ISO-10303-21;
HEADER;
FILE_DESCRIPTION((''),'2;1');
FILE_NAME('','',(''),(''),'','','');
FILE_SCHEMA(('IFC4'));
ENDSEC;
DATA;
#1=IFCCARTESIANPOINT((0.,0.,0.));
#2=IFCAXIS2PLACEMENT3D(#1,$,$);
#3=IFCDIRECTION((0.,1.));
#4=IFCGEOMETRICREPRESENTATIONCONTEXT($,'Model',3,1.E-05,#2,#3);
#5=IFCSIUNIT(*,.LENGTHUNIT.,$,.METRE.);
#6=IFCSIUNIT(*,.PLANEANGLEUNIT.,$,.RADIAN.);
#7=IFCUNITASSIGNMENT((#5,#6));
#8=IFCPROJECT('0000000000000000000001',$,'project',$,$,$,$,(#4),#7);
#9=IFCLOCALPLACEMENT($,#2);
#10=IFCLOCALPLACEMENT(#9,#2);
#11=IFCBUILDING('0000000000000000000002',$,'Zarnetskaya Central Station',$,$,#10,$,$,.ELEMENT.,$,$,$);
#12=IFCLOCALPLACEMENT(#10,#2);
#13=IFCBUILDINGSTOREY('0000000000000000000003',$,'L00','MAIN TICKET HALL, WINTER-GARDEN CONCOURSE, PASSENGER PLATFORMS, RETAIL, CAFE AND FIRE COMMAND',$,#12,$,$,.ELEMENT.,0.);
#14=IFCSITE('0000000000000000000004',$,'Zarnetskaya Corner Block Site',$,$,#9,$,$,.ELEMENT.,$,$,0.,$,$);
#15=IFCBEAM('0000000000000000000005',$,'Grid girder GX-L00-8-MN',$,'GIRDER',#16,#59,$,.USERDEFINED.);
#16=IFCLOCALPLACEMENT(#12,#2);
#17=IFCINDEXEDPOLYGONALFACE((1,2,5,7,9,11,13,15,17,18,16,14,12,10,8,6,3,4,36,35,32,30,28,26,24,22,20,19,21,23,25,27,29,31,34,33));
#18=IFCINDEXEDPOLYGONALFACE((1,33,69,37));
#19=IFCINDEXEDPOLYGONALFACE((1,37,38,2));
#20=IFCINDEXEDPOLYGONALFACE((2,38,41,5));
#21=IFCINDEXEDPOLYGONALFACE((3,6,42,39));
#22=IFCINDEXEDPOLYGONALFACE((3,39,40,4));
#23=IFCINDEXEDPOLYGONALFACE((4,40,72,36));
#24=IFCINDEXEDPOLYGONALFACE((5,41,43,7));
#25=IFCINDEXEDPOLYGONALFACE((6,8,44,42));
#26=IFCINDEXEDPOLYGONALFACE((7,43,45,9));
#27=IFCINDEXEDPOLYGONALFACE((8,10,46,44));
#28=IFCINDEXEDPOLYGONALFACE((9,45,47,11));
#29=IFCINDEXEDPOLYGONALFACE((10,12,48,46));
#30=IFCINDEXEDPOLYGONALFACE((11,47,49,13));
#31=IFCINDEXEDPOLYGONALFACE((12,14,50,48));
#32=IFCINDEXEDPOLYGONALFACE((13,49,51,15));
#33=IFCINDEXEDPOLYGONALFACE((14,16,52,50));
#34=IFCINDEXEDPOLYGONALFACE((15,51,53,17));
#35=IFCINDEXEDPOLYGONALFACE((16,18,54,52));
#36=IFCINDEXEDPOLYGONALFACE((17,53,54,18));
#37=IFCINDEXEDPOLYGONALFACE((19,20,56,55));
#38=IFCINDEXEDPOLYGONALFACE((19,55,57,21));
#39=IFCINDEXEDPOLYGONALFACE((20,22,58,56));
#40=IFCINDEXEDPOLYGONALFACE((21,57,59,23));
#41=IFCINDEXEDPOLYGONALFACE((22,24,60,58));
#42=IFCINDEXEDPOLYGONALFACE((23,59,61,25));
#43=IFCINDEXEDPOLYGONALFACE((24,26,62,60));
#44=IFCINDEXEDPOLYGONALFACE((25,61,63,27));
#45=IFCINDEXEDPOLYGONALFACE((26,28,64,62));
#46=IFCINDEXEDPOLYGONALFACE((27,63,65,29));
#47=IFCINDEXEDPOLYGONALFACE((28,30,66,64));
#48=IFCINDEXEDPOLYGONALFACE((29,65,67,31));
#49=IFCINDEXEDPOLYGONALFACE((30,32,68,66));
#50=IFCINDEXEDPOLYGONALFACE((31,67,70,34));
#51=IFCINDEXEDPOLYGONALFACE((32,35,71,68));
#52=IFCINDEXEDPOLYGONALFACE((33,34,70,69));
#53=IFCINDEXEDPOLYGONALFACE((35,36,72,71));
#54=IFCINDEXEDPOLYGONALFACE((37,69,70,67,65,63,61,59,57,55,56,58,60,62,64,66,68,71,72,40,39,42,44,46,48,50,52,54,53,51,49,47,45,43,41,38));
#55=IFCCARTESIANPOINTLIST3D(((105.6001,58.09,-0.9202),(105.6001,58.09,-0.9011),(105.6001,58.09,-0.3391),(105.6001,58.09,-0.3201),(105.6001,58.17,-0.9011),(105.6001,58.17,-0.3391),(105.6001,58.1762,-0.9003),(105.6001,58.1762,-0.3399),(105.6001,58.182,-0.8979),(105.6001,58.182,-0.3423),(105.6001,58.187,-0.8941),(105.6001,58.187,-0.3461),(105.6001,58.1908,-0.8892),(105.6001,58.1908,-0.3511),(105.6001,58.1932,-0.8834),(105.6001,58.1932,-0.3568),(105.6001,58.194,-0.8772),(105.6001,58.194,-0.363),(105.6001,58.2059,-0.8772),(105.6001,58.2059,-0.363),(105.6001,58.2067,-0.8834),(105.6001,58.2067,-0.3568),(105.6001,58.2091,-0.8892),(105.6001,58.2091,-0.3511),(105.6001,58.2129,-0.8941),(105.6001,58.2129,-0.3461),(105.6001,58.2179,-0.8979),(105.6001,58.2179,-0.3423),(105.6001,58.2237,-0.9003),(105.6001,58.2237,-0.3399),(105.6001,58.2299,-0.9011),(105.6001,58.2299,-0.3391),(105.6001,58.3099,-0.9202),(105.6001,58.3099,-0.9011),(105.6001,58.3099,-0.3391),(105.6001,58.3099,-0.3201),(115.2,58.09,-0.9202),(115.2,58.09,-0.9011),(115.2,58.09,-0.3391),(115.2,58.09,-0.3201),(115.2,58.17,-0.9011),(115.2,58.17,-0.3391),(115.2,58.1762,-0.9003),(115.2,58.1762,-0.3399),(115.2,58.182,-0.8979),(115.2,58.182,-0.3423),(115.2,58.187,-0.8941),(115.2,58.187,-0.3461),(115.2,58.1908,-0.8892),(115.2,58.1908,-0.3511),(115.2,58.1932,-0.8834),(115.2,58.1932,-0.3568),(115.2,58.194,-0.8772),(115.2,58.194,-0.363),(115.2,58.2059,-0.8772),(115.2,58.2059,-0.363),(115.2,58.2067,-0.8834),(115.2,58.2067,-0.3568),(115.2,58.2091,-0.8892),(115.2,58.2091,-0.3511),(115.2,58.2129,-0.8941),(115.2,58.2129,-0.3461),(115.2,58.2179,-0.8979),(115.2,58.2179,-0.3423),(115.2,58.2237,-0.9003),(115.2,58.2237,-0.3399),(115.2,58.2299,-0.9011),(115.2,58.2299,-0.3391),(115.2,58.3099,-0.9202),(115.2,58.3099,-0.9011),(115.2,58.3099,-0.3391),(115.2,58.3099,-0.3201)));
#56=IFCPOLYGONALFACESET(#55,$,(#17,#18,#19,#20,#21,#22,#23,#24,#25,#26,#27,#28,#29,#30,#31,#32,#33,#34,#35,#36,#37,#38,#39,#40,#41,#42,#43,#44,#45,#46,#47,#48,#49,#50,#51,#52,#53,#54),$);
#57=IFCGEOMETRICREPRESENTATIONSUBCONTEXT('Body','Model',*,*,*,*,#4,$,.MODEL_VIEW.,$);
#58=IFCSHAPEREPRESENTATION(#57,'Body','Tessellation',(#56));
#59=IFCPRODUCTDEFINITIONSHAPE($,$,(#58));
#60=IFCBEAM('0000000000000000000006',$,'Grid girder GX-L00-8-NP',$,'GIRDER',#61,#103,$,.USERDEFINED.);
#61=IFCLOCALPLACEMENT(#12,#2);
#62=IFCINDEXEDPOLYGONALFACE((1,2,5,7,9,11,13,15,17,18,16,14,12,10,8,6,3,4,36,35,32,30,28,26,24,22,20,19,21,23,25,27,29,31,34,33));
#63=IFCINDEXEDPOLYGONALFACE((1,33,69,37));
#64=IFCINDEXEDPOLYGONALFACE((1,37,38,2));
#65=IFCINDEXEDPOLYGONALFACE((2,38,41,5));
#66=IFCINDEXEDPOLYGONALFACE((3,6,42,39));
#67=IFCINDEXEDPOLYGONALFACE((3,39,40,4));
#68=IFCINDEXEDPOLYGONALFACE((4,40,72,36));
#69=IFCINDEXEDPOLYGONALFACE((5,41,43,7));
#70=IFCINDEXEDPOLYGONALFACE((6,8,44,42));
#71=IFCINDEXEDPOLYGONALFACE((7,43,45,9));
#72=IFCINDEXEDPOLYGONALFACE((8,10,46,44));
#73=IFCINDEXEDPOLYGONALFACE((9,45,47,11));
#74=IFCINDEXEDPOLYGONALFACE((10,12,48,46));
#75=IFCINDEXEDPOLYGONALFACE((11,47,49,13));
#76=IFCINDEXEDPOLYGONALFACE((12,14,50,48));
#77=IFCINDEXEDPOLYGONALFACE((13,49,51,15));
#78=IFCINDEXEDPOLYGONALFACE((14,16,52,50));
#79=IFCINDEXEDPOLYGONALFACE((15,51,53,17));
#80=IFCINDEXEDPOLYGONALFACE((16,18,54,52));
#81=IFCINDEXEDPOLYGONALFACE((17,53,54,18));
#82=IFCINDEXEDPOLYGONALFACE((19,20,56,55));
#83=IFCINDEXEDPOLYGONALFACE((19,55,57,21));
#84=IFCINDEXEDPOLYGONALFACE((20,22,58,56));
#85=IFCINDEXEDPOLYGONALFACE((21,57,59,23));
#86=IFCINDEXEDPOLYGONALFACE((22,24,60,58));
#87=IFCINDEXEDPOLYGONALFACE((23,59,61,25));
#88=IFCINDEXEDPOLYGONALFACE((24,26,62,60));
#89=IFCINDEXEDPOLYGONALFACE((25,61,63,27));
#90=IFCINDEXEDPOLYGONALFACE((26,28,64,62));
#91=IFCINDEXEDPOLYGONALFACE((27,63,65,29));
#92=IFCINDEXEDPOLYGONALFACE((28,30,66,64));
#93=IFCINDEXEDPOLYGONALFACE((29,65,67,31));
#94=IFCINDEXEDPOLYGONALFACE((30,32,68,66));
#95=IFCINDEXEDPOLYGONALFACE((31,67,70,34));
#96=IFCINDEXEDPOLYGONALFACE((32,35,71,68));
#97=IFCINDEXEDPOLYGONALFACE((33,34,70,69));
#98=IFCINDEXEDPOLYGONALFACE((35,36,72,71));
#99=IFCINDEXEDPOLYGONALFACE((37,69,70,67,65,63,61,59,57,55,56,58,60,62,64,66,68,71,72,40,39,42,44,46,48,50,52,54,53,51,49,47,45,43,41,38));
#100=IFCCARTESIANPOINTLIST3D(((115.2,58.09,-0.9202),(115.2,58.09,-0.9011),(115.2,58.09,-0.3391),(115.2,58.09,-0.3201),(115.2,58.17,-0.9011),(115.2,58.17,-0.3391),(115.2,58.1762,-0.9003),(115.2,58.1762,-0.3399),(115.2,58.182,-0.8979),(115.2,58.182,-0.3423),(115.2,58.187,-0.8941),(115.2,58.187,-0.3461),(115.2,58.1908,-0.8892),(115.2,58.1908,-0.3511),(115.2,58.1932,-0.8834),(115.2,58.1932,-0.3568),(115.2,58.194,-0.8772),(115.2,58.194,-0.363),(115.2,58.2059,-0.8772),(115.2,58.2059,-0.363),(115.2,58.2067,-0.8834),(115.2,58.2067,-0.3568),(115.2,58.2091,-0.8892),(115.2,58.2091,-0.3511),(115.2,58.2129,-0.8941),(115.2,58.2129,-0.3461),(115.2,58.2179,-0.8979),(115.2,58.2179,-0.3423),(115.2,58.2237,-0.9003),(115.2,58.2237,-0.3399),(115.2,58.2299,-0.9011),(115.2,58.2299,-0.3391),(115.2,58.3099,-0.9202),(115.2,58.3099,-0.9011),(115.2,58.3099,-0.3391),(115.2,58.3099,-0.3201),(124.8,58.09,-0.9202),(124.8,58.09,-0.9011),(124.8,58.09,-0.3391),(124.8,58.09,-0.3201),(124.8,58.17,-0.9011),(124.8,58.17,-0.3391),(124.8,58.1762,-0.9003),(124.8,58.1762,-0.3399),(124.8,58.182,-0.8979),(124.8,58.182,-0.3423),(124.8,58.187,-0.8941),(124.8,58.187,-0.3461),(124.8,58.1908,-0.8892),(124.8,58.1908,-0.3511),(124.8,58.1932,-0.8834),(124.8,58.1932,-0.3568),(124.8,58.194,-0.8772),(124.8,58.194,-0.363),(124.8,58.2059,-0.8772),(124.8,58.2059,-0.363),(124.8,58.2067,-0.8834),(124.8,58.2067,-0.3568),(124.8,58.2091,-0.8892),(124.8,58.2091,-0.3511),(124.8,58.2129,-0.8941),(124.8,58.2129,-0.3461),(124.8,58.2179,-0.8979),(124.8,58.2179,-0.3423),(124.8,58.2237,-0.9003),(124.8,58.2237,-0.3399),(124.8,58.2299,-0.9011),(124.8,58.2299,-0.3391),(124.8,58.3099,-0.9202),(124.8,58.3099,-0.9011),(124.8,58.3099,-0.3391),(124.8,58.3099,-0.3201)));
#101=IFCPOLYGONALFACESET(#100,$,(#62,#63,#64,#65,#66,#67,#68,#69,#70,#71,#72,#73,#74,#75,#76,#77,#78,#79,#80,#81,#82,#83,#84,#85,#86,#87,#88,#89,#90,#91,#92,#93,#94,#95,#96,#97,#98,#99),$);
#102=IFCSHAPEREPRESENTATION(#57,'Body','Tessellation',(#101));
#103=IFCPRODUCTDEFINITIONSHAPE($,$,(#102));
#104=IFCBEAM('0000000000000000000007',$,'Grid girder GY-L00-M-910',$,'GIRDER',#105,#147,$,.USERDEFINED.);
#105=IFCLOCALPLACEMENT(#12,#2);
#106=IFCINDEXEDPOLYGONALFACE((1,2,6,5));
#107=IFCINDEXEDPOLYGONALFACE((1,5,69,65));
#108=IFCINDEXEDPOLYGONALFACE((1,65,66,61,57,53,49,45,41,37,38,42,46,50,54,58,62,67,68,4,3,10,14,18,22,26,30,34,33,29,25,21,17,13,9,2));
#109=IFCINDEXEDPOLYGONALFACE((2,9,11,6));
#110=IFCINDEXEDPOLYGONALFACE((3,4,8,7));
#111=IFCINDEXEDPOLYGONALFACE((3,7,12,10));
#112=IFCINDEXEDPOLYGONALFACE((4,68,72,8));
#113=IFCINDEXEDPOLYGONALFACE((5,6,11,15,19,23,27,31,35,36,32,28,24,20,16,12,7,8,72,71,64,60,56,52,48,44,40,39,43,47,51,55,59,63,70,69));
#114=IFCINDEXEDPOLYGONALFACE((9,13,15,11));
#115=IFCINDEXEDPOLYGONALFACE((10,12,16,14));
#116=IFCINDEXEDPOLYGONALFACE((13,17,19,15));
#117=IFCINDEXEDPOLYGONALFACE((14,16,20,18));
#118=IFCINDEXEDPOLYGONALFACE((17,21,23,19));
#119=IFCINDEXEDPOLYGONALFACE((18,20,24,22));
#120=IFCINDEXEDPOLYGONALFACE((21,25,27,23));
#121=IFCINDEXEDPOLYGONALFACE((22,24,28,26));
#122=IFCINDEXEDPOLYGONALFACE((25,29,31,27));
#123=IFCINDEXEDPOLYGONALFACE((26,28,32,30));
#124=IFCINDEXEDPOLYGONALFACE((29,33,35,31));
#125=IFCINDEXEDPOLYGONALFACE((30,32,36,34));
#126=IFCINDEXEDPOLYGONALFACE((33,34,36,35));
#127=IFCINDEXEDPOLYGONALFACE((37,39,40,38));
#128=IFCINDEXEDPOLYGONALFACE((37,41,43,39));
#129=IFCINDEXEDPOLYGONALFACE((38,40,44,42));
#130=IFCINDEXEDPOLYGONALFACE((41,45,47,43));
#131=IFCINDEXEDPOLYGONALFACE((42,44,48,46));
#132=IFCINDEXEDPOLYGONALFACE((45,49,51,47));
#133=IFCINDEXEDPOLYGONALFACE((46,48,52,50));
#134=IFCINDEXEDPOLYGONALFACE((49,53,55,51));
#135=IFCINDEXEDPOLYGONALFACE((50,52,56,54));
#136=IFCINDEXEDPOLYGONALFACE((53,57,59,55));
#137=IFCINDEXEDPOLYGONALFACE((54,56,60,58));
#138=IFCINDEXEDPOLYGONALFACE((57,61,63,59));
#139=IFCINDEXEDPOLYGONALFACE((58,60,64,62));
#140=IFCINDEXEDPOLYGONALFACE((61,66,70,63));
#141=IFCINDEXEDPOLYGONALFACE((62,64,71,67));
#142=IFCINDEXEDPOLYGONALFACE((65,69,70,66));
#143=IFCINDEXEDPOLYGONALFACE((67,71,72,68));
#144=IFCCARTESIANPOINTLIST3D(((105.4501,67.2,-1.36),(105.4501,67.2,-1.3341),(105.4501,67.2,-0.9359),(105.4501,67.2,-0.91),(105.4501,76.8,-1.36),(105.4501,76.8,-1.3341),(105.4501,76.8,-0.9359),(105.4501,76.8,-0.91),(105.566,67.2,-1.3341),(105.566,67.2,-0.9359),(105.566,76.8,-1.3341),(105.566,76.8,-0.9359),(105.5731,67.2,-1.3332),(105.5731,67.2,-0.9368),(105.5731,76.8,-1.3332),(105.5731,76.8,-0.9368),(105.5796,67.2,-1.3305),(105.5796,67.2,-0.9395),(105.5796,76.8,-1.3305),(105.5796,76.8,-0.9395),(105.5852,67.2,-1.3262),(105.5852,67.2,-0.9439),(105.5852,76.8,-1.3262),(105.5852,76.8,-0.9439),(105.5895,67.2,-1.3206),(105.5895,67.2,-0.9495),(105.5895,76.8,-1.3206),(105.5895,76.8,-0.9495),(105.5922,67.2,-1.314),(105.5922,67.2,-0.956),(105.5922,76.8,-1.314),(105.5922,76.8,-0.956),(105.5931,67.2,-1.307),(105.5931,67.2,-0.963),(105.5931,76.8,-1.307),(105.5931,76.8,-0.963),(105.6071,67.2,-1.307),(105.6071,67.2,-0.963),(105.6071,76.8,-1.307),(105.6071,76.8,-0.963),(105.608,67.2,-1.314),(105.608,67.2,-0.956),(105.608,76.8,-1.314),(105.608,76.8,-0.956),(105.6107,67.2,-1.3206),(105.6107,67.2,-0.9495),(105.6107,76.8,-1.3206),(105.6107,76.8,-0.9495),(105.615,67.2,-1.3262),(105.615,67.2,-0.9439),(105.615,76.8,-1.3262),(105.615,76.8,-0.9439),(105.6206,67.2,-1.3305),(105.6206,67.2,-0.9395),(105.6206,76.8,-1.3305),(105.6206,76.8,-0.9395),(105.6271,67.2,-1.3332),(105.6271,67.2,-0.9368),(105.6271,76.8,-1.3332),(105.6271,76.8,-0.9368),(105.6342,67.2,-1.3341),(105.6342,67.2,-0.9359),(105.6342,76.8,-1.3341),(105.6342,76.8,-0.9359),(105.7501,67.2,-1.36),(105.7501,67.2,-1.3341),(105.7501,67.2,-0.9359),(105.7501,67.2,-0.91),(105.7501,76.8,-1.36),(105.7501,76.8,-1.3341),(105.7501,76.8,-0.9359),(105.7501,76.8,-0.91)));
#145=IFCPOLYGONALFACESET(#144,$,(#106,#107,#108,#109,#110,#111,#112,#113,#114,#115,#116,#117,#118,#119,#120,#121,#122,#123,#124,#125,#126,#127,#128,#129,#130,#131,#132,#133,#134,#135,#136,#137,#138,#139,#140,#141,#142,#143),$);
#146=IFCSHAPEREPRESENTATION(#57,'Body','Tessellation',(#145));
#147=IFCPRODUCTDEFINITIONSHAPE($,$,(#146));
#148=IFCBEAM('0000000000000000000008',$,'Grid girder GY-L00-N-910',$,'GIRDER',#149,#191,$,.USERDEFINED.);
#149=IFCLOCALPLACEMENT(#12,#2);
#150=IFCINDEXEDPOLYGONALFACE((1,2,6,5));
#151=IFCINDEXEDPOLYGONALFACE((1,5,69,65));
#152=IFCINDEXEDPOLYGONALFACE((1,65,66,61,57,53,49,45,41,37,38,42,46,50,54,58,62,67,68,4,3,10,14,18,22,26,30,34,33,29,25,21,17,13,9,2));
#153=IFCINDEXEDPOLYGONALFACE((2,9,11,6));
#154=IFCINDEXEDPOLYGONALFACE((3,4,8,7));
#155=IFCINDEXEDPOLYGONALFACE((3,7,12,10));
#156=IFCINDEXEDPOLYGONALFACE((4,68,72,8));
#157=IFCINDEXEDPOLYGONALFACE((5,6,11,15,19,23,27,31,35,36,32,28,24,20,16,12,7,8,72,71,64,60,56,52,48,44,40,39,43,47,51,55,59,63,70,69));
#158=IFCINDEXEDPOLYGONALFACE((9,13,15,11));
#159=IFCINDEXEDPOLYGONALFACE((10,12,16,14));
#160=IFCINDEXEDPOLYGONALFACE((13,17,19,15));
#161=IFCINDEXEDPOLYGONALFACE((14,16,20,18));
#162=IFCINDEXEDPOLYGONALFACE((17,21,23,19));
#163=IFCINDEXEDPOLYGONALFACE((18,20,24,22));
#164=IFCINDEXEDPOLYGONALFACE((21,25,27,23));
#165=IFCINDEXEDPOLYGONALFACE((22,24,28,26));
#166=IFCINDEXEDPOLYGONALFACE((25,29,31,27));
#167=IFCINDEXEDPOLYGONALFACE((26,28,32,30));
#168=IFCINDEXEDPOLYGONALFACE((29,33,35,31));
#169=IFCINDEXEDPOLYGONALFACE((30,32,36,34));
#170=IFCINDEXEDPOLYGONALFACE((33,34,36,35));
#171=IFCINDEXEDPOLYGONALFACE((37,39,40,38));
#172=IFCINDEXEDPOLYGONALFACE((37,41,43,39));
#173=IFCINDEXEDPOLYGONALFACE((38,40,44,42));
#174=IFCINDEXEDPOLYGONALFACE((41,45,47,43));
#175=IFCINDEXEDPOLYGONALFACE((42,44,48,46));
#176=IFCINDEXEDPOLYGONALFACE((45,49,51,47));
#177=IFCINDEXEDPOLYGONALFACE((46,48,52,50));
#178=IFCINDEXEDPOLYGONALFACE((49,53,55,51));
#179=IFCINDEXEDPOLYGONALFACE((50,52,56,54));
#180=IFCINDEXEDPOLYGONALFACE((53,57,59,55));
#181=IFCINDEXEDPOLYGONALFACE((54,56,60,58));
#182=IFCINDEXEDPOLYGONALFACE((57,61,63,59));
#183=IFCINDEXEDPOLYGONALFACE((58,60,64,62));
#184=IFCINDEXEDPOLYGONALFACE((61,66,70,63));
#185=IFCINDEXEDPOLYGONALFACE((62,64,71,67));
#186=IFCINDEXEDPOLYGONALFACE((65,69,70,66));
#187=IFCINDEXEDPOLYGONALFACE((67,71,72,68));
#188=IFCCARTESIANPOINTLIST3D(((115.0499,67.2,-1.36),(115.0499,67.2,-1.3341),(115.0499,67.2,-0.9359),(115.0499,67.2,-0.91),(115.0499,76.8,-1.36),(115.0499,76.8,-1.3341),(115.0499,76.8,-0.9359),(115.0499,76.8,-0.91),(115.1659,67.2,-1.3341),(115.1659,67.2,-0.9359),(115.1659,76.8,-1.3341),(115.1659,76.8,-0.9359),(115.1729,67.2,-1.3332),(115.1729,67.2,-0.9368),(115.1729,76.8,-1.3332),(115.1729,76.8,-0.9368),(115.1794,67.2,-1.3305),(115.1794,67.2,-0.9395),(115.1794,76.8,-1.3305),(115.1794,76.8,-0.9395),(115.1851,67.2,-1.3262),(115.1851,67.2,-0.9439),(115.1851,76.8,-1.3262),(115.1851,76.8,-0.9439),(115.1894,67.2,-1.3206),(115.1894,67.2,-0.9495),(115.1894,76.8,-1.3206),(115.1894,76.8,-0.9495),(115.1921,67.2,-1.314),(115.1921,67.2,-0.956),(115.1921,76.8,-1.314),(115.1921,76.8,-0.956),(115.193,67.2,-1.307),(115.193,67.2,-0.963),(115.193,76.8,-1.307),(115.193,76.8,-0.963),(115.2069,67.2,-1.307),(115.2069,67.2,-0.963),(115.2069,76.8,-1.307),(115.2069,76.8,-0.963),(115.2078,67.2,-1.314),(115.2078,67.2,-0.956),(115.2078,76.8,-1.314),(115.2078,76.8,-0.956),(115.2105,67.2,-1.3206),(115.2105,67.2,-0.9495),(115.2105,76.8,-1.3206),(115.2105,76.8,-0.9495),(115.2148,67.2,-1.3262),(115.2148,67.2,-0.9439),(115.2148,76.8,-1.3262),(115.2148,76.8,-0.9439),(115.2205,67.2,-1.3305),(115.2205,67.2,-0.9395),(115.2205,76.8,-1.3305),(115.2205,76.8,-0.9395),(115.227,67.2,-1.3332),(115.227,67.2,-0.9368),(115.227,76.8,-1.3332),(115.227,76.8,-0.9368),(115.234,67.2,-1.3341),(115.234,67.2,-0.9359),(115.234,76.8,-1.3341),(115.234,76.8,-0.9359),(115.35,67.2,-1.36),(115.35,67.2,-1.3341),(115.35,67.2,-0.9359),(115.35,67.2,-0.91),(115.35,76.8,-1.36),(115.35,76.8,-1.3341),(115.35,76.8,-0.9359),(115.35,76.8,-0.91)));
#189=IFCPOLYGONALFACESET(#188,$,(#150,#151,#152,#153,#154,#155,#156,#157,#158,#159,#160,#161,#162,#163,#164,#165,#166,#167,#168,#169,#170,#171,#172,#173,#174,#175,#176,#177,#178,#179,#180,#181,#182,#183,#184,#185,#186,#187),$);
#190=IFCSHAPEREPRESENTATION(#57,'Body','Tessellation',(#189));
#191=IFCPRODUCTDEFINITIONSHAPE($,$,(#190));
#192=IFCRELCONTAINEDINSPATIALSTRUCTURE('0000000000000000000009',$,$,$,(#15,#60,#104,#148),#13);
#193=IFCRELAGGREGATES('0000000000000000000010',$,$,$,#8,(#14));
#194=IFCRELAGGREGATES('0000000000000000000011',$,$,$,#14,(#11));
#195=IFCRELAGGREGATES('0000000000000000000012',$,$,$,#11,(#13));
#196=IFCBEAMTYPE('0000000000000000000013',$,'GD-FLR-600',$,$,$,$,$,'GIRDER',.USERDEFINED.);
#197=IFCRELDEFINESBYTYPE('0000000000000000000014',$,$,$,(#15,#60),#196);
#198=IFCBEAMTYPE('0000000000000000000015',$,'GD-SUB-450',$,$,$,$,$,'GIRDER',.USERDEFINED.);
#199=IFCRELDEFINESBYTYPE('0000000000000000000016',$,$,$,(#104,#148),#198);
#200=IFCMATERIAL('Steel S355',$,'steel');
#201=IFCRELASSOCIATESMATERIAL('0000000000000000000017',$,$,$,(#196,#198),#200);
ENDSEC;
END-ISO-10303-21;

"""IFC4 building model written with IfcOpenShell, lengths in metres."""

from ifc_helpers import new_model, si_unit, direction, frame, origin, origin_2d, place, context, subcontext, project, spatial, i_section, extrude, material, material_profile, profile_set, type_object, element, save


model = new_model("IFC4")

# Units and contexts
model_context = context("Model", 3, precision=1e-05, world=origin(), true_north=direction((0.0, 1.0)))
body_context = subcontext(model_context, "Body", "Model", "MODEL_VIEW")
ifc_project = project(units=[si_unit("LENGTHUNIT", "METRE"), si_unit("PLANEANGLEUNIT", "RADIAN")], contexts=[model_context])

# Site, building, storey
site_placement = place(None, origin())
site = spatial("IfcSite", under=ifc_project, at=site_placement, Name="Zarnetskaya Corner Block Site", CompositionType="ELEMENT", RefElevation=0.0)
building_placement = place(site_placement, origin())
building = spatial("IfcBuilding", under=site, at=building_placement, Name="Zarnetskaya Central Station", CompositionType="ELEMENT")
storey_placement = place(building_placement, origin())
storey = spatial("IfcBuildingStorey", under=building, at=storey_placement, Name="L00", Description="MAIN TICKET HALL, WINTER-GARDEN CONCOURSE, PASSENGER PLATFORMS, RETAIL, CAFE AND FIRE COMMAND", CompositionType="ELEMENT", Elevation=0.0)

# Shared definitions
ifc_material_1 = material(Name="Steel S355", Category="steel")

# Beams
ifc_material_profile_1 = material_profile(ifc_material_1, i_section(OverallWidth=0.22, OverallDepth=0.6001, WebThickness=0.012, FlangeThickness=0.019, FilletRadius=0.0239, at=origin_2d()), Name="IPE 600")
ifc_profile_set_1 = profile_set([ifc_material_profile_1], Name="Steel S355")
beam_type_1 = type_object("IfcBeamType", Name="GD-FLR-600", ElementType="GIRDER", PredefinedType="USERDEFINED", material=ifc_profile_set_1)
beam_1_placement = place(storey_placement, frame((105.6001, 58.2, -0.6201), z_axis=(1.0, 0.0, 0.0), x_axis=(0.0, 1.0, 0.0)))
element("IfcBeam", 1, at=beam_1_placement, inside=storey, type_object=beam_type_1, Name="Grid girder GX-L00-8-MN", ObjectType="GIRDER", PredefinedType="USERDEFINED", context=body_context, shape_type="SweptSolid", body=[
    extrude(i_section(OverallWidth=0.22, OverallDepth=0.6001, WebThickness=0.012, FlangeThickness=0.019, FilletRadius=0.0239, at=origin_2d()), origin(), (0.0, 0.0, 1.0), 9.5999),
])
beam_2_placement = place(storey_placement, frame((115.2, 58.2, -0.6201), z_axis=(1.0, 0.0, 0.0), x_axis=(0.0, 1.0, 0.0)))
element("IfcBeam", 2, at=beam_2_placement, inside=storey, type_object=beam_type_1, Name="Grid girder GX-L00-8-NP", ObjectType="GIRDER", PredefinedType="USERDEFINED", context=body_context, shape_type="SweptSolid", body=[
    extrude(i_section(OverallWidth=0.22, OverallDepth=0.6001, WebThickness=0.012, FlangeThickness=0.019, FilletRadius=0.0239, at=origin_2d()), origin(), (0.0, 0.0, 1.0), 9.6001),
])
ifc_material_profile_2 = material_profile(ifc_material_1, i_section(OverallWidth=0.3, OverallDepth=0.45, WebThickness=0.0139, FlangeThickness=0.0259, FilletRadius=0.0271, at=origin_2d()), Name="HEB 450")
ifc_profile_set_2 = profile_set([ifc_material_profile_2], Name="Steel S355")
beam_type_2 = type_object("IfcBeamType", Name="GD-SUB-450", ElementType="GIRDER", PredefinedType="USERDEFINED", material=ifc_profile_set_2)
for number, where, z_axis, x_axis, name in (
    (3, (105.6001, 67.2, -1.135), (0.0, 1.0, 0.0), (-1.0, 0.0, 0.0), "Grid girder GY-L00-M-910"),
    (4, (115.2, 67.2, -1.135), (0.0, 1.0, 0.0), (-1.0, 0.0, 0.0), "Grid girder GY-L00-N-910"),
):
    element("IfcBeam", number, at=place(storey_placement, frame(where, z_axis=z_axis, x_axis=x_axis)), inside=storey, type_object=beam_type_2, Name=name, ObjectType="GIRDER", PredefinedType="USERDEFINED", context=body_context, shape_type="SweptSolid", body=[
        extrude(i_section(OverallWidth=0.3, OverallDepth=0.45, WebThickness=0.0139, FlangeThickness=0.0259, FilletRadius=0.0271, at=origin_2d()), origin(), (0.0, 0.0, 1.0), 9.6001),
    ])

save(model, "model.ifc")
